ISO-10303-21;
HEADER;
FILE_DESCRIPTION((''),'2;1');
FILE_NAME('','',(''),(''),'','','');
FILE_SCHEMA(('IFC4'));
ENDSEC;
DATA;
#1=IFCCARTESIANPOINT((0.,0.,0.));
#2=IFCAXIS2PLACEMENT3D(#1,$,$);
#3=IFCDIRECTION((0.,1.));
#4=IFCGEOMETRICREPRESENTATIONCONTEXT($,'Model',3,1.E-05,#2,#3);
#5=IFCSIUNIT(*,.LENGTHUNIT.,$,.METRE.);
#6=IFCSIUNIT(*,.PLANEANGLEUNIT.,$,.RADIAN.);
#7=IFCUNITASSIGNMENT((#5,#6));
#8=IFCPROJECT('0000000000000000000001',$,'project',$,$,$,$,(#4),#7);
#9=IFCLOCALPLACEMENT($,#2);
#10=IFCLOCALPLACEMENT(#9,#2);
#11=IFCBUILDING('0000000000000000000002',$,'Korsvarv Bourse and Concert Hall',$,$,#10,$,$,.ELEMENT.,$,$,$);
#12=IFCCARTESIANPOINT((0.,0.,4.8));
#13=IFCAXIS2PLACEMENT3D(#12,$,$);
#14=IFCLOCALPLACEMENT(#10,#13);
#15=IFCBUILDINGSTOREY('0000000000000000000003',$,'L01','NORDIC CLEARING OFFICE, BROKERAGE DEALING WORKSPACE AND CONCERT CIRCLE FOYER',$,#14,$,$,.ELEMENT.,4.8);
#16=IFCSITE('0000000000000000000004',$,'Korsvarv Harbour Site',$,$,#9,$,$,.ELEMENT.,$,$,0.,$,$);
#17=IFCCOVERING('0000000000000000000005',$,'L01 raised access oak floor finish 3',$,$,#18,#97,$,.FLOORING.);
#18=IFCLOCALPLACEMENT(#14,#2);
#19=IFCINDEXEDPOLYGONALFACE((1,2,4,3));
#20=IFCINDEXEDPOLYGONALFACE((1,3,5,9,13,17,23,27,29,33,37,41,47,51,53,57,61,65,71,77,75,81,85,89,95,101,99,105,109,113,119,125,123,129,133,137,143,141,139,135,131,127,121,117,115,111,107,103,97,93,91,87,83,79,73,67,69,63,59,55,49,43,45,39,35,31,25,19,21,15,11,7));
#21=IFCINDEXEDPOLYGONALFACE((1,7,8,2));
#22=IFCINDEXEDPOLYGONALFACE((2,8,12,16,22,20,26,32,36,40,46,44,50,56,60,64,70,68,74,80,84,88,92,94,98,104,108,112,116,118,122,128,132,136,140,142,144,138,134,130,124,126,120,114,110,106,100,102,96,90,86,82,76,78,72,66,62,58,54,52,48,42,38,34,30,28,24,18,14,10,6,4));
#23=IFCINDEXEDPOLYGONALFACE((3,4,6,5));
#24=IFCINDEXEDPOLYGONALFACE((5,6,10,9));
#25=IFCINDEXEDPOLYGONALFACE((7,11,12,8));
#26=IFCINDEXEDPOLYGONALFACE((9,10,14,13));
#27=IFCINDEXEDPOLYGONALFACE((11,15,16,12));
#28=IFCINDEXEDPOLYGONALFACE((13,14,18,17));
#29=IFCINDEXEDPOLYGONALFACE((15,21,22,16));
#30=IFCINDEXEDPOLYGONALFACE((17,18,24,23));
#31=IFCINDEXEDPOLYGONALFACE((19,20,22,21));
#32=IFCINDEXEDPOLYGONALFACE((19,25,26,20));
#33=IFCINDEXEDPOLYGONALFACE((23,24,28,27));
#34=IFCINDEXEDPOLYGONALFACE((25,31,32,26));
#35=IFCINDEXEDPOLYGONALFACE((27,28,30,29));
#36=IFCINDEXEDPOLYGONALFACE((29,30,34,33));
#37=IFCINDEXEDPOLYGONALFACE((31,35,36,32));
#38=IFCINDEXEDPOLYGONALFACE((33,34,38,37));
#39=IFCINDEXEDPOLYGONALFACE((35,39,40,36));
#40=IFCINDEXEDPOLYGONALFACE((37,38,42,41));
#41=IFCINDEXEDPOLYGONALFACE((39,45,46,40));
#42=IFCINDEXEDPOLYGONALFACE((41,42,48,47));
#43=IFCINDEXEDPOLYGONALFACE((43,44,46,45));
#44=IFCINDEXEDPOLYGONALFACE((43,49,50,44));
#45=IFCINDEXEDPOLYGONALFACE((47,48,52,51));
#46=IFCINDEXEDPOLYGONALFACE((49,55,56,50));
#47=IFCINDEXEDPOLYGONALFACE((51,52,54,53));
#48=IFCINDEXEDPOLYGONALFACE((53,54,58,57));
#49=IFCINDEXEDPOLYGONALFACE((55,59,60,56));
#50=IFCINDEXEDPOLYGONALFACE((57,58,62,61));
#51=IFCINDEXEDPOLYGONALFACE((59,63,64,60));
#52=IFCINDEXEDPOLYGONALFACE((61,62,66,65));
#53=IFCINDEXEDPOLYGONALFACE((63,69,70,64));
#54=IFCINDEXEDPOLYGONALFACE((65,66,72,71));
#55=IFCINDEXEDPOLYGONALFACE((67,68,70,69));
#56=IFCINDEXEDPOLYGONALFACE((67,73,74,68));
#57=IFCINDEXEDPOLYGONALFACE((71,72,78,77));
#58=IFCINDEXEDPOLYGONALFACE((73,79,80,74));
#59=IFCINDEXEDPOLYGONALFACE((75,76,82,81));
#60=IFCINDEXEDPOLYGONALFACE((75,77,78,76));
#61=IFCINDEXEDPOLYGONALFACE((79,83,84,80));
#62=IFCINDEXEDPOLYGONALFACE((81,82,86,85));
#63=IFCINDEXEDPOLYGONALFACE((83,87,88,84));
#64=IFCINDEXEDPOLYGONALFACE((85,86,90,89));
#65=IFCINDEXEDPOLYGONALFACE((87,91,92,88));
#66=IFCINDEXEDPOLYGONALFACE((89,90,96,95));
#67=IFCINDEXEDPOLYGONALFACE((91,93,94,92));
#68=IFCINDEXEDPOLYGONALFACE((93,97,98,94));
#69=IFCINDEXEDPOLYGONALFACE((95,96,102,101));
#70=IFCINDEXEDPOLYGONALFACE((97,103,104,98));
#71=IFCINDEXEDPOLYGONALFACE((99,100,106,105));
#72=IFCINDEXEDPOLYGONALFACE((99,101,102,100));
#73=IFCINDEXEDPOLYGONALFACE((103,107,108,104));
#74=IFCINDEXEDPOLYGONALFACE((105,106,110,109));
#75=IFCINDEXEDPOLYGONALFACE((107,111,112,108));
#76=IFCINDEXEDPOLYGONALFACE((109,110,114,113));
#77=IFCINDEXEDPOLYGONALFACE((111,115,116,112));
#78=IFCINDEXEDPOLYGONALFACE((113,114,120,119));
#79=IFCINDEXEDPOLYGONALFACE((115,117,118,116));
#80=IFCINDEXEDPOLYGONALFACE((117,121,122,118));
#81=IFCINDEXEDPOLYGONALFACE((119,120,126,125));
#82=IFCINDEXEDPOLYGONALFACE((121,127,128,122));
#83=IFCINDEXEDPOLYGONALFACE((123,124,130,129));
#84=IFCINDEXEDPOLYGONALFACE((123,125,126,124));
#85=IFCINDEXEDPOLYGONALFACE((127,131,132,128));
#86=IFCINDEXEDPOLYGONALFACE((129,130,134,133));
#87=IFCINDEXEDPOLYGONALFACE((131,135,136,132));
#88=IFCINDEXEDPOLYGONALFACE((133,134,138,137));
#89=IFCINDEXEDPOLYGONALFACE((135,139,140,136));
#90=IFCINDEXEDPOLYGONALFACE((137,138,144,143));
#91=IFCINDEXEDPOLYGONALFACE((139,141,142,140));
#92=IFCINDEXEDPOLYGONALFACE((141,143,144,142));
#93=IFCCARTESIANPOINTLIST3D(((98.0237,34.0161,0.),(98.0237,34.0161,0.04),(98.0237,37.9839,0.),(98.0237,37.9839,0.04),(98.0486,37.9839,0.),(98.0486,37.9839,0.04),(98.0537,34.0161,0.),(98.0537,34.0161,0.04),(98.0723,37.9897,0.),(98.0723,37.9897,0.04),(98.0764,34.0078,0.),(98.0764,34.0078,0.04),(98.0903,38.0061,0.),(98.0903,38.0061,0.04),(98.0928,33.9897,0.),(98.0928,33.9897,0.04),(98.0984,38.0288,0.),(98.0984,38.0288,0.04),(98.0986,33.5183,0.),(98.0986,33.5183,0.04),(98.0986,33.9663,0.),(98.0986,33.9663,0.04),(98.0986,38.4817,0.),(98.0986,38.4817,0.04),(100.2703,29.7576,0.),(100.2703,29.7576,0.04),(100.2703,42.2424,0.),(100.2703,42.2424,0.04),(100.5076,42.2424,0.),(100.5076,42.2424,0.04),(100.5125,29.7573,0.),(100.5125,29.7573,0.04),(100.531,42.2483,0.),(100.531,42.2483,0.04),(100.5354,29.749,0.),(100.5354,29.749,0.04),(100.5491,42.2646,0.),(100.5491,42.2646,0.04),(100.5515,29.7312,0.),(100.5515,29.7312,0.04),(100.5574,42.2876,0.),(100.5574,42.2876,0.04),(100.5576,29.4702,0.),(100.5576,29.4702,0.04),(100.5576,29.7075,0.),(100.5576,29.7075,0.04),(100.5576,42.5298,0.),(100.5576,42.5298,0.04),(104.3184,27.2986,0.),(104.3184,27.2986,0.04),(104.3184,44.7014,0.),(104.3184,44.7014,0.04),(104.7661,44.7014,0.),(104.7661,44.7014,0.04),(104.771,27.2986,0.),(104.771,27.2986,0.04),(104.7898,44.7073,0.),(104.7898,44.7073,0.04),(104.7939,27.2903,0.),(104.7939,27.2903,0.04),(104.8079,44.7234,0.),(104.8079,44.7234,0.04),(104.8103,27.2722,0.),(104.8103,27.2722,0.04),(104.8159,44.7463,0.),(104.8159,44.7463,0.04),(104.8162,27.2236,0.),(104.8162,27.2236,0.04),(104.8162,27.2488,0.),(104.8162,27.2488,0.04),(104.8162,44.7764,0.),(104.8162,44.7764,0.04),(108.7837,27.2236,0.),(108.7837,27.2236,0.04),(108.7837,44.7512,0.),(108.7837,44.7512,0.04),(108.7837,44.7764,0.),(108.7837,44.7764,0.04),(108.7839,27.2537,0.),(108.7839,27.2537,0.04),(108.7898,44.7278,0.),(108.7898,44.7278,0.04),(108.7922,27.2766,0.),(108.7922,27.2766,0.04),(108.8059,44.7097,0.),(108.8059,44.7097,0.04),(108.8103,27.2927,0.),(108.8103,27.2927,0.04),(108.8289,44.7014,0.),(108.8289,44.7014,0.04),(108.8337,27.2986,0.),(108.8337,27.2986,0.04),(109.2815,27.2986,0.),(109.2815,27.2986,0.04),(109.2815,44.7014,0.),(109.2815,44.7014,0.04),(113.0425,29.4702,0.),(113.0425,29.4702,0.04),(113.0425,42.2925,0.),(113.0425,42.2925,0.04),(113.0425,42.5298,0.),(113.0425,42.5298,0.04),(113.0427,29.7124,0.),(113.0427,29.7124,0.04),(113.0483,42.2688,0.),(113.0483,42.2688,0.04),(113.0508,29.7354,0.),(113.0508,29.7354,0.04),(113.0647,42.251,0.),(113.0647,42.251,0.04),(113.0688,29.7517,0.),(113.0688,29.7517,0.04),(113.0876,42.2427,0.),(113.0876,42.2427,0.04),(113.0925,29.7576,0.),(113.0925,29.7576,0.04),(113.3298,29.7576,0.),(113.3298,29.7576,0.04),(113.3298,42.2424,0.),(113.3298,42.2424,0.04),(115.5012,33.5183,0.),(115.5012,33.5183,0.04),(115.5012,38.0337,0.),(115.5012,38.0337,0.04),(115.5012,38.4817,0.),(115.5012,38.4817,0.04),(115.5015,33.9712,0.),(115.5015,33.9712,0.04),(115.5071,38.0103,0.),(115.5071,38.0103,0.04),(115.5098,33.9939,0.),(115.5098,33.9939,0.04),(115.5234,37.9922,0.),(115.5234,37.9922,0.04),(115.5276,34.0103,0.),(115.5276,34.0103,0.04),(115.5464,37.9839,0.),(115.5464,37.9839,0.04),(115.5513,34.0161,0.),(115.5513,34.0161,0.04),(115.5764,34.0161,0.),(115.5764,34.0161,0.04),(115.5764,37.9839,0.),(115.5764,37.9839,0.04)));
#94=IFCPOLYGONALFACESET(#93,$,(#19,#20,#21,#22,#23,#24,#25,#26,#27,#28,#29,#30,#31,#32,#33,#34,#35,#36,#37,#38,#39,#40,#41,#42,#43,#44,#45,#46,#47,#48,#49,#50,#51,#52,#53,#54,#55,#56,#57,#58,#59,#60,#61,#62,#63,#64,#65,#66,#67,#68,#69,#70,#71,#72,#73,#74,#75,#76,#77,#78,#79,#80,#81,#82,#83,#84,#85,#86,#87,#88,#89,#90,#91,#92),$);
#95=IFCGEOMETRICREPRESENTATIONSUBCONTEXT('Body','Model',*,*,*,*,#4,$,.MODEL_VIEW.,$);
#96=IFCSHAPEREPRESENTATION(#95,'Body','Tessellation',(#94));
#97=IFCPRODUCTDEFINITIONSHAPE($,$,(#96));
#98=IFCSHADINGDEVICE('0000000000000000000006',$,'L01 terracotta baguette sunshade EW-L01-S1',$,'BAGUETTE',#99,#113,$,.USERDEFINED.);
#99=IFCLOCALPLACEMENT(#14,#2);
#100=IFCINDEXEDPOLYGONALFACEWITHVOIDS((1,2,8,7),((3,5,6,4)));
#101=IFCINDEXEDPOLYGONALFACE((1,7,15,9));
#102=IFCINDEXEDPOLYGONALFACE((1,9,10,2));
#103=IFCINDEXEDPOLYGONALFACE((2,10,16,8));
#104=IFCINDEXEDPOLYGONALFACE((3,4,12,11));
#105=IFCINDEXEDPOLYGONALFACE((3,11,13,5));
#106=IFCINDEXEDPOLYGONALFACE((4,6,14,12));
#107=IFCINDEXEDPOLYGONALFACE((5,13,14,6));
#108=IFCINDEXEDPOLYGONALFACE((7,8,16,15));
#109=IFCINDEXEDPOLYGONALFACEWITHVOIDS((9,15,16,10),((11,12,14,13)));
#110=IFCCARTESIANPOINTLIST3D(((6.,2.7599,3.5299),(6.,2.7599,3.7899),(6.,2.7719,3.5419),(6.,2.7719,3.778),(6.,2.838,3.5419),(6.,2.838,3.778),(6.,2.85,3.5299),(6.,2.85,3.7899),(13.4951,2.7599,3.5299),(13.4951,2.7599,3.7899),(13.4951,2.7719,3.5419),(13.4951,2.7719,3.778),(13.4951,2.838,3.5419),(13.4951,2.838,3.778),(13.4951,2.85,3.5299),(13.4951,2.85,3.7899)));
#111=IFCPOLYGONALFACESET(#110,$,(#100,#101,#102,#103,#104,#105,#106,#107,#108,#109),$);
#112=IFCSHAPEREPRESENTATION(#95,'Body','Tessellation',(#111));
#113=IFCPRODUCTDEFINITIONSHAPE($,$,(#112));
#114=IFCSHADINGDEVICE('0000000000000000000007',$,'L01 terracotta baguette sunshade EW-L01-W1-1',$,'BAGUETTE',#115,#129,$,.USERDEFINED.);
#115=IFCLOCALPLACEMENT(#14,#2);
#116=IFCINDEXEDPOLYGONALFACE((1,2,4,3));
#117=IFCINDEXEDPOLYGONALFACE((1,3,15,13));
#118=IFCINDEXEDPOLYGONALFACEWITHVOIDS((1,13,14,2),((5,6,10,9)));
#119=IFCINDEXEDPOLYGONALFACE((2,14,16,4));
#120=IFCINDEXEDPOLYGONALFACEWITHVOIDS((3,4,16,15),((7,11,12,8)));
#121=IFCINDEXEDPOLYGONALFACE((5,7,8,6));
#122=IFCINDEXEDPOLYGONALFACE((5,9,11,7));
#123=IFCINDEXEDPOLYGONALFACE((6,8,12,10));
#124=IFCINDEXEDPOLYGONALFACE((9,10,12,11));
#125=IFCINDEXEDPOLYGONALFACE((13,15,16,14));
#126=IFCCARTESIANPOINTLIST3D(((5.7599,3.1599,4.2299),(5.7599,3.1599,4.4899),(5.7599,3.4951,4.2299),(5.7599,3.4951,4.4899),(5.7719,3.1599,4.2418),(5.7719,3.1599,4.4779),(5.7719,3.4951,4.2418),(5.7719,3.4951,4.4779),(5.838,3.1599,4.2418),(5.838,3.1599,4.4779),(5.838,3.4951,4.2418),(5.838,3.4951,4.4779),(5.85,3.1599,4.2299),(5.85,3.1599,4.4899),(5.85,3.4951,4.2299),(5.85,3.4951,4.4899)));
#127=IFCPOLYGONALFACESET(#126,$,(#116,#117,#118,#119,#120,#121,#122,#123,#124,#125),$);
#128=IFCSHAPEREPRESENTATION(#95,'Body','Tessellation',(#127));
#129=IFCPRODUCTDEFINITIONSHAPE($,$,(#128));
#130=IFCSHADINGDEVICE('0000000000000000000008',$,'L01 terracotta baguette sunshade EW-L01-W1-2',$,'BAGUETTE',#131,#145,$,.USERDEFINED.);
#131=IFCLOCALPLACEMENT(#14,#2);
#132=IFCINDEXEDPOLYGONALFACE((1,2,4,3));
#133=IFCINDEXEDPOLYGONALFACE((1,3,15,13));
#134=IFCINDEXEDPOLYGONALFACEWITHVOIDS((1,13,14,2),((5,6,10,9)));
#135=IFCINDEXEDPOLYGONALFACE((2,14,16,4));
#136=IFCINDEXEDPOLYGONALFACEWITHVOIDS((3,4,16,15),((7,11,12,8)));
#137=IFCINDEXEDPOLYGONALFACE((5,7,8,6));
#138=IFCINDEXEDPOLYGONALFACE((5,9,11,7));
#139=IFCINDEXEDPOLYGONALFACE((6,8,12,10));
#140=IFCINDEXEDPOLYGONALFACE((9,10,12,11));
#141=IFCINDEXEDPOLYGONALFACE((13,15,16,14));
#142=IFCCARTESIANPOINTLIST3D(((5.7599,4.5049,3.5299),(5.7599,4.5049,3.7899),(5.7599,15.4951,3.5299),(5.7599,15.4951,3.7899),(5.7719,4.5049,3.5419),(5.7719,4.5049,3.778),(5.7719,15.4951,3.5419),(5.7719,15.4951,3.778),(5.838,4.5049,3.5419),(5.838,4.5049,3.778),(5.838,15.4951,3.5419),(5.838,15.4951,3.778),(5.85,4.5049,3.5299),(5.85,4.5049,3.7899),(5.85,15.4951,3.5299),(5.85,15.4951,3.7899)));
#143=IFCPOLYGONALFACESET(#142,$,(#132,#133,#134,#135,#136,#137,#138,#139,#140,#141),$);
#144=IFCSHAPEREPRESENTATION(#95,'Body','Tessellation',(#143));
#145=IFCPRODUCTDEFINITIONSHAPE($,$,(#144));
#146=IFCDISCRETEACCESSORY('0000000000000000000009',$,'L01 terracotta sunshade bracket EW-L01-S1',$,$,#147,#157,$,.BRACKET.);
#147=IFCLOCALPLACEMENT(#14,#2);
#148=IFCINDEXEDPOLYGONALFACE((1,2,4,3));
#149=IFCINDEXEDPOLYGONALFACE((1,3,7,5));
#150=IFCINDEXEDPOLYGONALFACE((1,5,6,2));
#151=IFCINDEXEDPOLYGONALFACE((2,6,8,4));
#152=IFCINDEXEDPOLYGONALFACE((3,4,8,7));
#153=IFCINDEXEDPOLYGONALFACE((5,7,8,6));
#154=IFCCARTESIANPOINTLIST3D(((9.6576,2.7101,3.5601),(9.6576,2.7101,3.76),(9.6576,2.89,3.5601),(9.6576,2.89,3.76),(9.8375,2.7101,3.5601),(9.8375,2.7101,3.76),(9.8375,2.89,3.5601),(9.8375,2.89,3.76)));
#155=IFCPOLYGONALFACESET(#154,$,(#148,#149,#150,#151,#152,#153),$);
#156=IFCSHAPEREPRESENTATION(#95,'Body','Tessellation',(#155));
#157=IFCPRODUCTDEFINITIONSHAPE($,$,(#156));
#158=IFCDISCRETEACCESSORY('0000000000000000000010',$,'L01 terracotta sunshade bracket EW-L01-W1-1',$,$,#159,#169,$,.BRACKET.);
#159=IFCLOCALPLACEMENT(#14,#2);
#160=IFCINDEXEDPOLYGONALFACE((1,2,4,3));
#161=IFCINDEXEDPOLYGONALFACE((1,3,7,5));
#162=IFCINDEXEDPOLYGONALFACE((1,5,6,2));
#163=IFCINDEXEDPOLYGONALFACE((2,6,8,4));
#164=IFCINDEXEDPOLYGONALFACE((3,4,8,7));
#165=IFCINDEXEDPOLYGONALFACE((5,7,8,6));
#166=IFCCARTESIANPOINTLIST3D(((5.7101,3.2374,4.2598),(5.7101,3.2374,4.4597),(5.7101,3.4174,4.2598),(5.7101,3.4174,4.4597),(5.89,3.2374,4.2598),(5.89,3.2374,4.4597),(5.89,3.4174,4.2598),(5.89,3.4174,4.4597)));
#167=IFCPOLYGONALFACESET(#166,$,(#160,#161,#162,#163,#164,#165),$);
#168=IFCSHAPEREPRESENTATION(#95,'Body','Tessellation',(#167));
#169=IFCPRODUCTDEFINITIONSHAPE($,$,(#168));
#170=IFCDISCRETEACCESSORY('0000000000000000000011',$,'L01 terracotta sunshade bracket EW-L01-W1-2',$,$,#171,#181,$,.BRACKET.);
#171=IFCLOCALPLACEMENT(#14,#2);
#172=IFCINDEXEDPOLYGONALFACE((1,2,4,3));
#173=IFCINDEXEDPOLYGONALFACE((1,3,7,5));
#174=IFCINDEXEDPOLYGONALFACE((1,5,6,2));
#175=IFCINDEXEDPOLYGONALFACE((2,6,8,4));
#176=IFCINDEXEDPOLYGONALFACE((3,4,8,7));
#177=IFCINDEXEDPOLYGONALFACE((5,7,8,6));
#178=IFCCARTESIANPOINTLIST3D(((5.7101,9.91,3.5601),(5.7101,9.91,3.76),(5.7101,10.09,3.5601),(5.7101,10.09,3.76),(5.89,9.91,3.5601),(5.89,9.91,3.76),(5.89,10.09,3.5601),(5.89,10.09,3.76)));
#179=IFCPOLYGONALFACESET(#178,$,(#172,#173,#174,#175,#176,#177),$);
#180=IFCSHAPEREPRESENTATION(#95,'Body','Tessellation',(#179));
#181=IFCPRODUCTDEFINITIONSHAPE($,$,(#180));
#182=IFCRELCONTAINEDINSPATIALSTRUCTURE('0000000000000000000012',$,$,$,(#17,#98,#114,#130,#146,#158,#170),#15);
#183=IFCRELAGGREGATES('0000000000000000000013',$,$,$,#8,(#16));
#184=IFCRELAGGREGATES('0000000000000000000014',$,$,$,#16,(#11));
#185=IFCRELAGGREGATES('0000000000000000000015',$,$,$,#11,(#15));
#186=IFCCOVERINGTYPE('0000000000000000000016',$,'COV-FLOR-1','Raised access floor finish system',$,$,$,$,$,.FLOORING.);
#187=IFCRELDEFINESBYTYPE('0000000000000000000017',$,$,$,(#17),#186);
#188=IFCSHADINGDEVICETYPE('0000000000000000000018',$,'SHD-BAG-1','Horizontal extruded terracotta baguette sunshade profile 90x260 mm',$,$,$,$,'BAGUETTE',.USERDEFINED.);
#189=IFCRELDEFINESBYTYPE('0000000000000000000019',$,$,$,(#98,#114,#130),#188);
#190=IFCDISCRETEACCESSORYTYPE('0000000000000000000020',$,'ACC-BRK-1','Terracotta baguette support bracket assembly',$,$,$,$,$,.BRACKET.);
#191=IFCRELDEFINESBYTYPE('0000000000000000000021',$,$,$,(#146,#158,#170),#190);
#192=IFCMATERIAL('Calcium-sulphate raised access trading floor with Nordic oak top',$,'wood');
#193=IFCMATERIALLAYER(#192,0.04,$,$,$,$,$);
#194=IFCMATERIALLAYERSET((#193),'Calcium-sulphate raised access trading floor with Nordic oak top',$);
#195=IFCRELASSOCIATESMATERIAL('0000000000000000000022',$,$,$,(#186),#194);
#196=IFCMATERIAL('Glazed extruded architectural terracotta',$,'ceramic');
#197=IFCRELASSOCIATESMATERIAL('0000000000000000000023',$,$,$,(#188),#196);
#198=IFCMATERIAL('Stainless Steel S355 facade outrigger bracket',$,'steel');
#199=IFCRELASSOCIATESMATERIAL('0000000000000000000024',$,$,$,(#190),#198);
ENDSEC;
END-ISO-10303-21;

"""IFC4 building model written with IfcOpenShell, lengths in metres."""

from ifc_helpers import new_model, si_unit, direction, frame, origin, origin_2d, place, context, subcontext, project, spatial, polyline, rectangle, hollow_rectangle, outline, extrude, source, transform, mapped, material, layer, layer_set, material_profile, profile_set, type_object, element, save


model = new_model("IFC4")

# Units and contexts
model_context = context("Model", 3, precision=1e-05, world=origin(), true_north=direction((0.0, 1.0)))
body_context = subcontext(model_context, "Body", "Model", "MODEL_VIEW")
ifc_project = project(units=[si_unit("LENGTHUNIT", "METRE"), si_unit("PLANEANGLEUNIT", "RADIAN")], contexts=[model_context])

# Site, building, storey
site_placement = place(None, origin())
site = spatial("IfcSite", under=ifc_project, at=site_placement, Name="Korsvarv Harbour Site", CompositionType="ELEMENT", RefElevation=0.0)
building_placement = place(site_placement, origin())
building = spatial("IfcBuilding", under=site, at=building_placement, Name="Korsvarv Bourse and Concert Hall", CompositionType="ELEMENT")
storey_placement = place(building_placement, frame((0.0, 0.0, 4.8)))
storey = spatial("IfcBuildingStorey", under=building, at=storey_placement, Name="L01", Description="NORDIC CLEARING OFFICE, BROKERAGE DEALING WORKSPACE AND CONCERT CIRCLE FOYER", CompositionType="ELEMENT", Elevation=4.8)

# Covering
ifc_material_1 = material(Name="Calcium-sulphate raised access trading floor with Nordic oak top", Category="wood")
ifc_layer_1 = layer(ifc_material_1, 0.04)
ifc_layer_set_1 = layer_set([ifc_layer_1], Name="Calcium-sulphate raised access trading floor with Nordic oak top")
covering_type_1 = type_object("IfcCoveringType", Name="COV-FLOR-1", Description="Raised access floor finish system", PredefinedType="FLOORING", material=ifc_layer_set_1)
covering_1_placement = place(storey_placement, origin())
element("IfcCovering", 1, at=covering_1_placement, inside=storey, type_object=covering_type_1, Name="L01 raised access oak floor finish 3", PredefinedType="FLOORING", context=body_context, shape_type="SweptSolid", body=[
    extrude(outline(polyline([(115.5764, 34.0161), (115.5513, 34.0161), (115.5276, 34.0103), (115.5098, 33.9939), (115.5015, 33.9712), (115.5012, 33.5183), (113.3298, 29.7576), (113.0925, 29.7576), (113.0688, 29.7517), (113.0508, 29.7354), (113.0427, 29.7124), (113.0425, 29.4702), (109.2815, 27.2986), (108.8337, 27.2986), (108.8103, 27.2927), (108.7922, 27.2766), (108.7839, 27.2537), (108.7837, 27.2236), (104.8162, 27.2236), (104.8162, 27.2488), (104.8103, 27.2722), (104.7939, 27.2903), (104.771, 27.2986), (104.3184, 27.2986), (100.5576, 29.4702), (100.5576, 29.7075), (100.5515, 29.7312), (100.5354, 29.749), (100.5125, 29.7573), (100.2703, 29.7576), (98.0986, 33.5183), (98.0986, 33.9663), (98.0928, 33.9897), (98.0764, 34.0078), (98.0537, 34.0161), (98.0237, 34.0161), (98.0237, 37.9839), (98.0486, 37.9839), (98.0723, 37.9897), (98.0903, 38.0061), (98.0984, 38.0288), (98.0986, 38.4817), (100.2703, 42.2424), (100.5076, 42.2424), (100.531, 42.2483), (100.5491, 42.2646), (100.5574, 42.2876), (100.5576, 42.5298), (104.3184, 44.7014), (104.7661, 44.7014), (104.7898, 44.7073), (104.8079, 44.7234), (104.8159, 44.7463), (104.8162, 44.7764), (108.7837, 44.7764), (108.7837, 44.7512), (108.7898, 44.7278), (108.8059, 44.7097), (108.8289, 44.7014), (109.2815, 44.7014), (113.0425, 42.5298), (113.0425, 42.2925), (113.0483, 42.2688), (113.0647, 42.251), (113.0876, 42.2427), (113.3298, 42.2424), (115.5012, 38.4817), (115.5012, 38.0337), (115.5071, 38.0103), (115.5234, 37.9922), (115.5464, 37.9839), (115.5764, 37.9839), (115.5764, 34.0161)])), origin(), (0.0, 0.0, 1.0), 0.04),
])

# Shading devices
ifc_material_2 = material(Name="Glazed extruded architectural terracotta", Category="ceramic")
ifc_material_profile_1 = material_profile(ifc_material_2, hollow_rectangle(XDim=0.0901, YDim=0.26, WallThickness=0.012, at=origin_2d()), Name="TC-BAG 90x260")
ifc_profile_set_1 = profile_set([ifc_material_profile_1], Name="Glazed extruded architectural terracotta")
shading_device_type = type_object("IfcShadingDeviceType", Name="SHD-BAG-1", Description="Horizontal extruded terracotta baguette sunshade profile 90x260 mm", ElementType="BAGUETTE", PredefinedType="USERDEFINED", material=ifc_profile_set_1)
shared_shape_1 = source(origin(), body_context, "Body", "SweptSolid", [
    extrude(hollow_rectangle(XDim=0.0901, YDim=0.26, WallThickness=0.012, at=origin_2d()), origin(), (0.0, 0.0, 1.0), 7.4951),
])
shading_device_1_placement = place(storey_placement, frame((6.0, 2.8049, 3.6599), z_axis=(1.0, 0.0, 0.0), x_axis=(0.0, 1.0, 0.0)))
element("IfcShadingDevice", 2, at=shading_device_1_placement, inside=storey, type_object=shading_device_type, Name="L01 terracotta baguette sunshade EW-L01-S1", ObjectType="BAGUETTE", PredefinedType="USERDEFINED", context=body_context, shape_type="MappedRepresentation", body=[
    mapped(shared_shape_1, transform((0.0, 0.0, 0.0), scale=1.0)),
])
shared_shape_2 = source(origin(), body_context, "Body", "SweptSolid", [
    extrude(hollow_rectangle(XDim=0.0901, YDim=0.26, WallThickness=0.012, at=origin_2d()), origin(), (0.0, 0.0, 1.0), 0.3352),
])
shading_device_2_placement = place(storey_placement, frame((5.8049, 3.1599, 4.3599), z_axis=(0.0, 1.0, 0.0), x_axis=(-1.0, 0.0, 0.0)))
element("IfcShadingDevice", 3, at=shading_device_2_placement, inside=storey, type_object=shading_device_type, Name="L01 terracotta baguette sunshade EW-L01-W1-1", ObjectType="BAGUETTE", PredefinedType="USERDEFINED", context=body_context, shape_type="MappedRepresentation", body=[
    mapped(shared_shape_2, transform((0.0, 0.0, 0.0), scale=1.0)),
])
shared_shape_3 = source(origin(), body_context, "Body", "SweptSolid", [
    extrude(hollow_rectangle(XDim=0.0901, YDim=0.26, WallThickness=0.012, at=origin_2d()), origin(), (0.0, 0.0, 1.0), 10.9902),
])
shading_device_3_placement = place(storey_placement, frame((5.8049, 4.5049, 3.6599), z_axis=(0.0, 1.0, 0.0), x_axis=(-1.0, 0.0, 0.0)))
element("IfcShadingDevice", 4, at=shading_device_3_placement, inside=storey, type_object=shading_device_type, Name="L01 terracotta baguette sunshade EW-L01-W1-2", ObjectType="BAGUETTE", PredefinedType="USERDEFINED", context=body_context, shape_type="MappedRepresentation", body=[
    mapped(shared_shape_3, transform((0.0, 0.0, 0.0), scale=1.0)),
])

# Discrete accessories
ifc_material_3 = material(Name="Stainless Steel S355 facade outrigger bracket", Category="steel")
discrete_accessory_type = type_object("IfcDiscreteAccessoryType", Name="ACC-BRK-1", Description="Terracotta baguette support bracket assembly", PredefinedType="BRACKET", material=ifc_material_3)
shared_shape_4 = source(origin(), body_context, "Body", "SweptSolid", [
    extrude(rectangle(XDim=0.1799, YDim=0.1799, at=origin_2d()), origin(), (0.0, 0.0, 1.0), 0.2),
])
for number, where, z_axis, x_axis, name in (
    (5, (9.7476, 2.8, 3.5601), (0.0, 0.0, 1.0), (1.0, 0.0, 0.0), "L01 terracotta sunshade bracket EW-L01-S1"),
    (6, (5.8, 3.3274, 4.2598), (0.0, 0.0, 1.0), (0.0, 1.0, 0.0), "L01 terracotta sunshade bracket EW-L01-W1-1"),
    (7, (5.8, 10.0, 3.5601), (0.0, 0.0, 1.0), (0.0, 1.0, 0.0), "L01 terracotta sunshade bracket EW-L01-W1-2"),
):
    element("IfcDiscreteAccessory", number, at=place(storey_placement, frame(where, z_axis=z_axis, x_axis=x_axis)), inside=storey, type_object=discrete_accessory_type, Name=name, PredefinedType="BRACKET", context=body_context, shape_type="MappedRepresentation", body=[
        mapped(shared_shape_4, transform((0.0, 0.0, 0.0), scale=1.0)),
    ])

save(model, "model.ifc")
